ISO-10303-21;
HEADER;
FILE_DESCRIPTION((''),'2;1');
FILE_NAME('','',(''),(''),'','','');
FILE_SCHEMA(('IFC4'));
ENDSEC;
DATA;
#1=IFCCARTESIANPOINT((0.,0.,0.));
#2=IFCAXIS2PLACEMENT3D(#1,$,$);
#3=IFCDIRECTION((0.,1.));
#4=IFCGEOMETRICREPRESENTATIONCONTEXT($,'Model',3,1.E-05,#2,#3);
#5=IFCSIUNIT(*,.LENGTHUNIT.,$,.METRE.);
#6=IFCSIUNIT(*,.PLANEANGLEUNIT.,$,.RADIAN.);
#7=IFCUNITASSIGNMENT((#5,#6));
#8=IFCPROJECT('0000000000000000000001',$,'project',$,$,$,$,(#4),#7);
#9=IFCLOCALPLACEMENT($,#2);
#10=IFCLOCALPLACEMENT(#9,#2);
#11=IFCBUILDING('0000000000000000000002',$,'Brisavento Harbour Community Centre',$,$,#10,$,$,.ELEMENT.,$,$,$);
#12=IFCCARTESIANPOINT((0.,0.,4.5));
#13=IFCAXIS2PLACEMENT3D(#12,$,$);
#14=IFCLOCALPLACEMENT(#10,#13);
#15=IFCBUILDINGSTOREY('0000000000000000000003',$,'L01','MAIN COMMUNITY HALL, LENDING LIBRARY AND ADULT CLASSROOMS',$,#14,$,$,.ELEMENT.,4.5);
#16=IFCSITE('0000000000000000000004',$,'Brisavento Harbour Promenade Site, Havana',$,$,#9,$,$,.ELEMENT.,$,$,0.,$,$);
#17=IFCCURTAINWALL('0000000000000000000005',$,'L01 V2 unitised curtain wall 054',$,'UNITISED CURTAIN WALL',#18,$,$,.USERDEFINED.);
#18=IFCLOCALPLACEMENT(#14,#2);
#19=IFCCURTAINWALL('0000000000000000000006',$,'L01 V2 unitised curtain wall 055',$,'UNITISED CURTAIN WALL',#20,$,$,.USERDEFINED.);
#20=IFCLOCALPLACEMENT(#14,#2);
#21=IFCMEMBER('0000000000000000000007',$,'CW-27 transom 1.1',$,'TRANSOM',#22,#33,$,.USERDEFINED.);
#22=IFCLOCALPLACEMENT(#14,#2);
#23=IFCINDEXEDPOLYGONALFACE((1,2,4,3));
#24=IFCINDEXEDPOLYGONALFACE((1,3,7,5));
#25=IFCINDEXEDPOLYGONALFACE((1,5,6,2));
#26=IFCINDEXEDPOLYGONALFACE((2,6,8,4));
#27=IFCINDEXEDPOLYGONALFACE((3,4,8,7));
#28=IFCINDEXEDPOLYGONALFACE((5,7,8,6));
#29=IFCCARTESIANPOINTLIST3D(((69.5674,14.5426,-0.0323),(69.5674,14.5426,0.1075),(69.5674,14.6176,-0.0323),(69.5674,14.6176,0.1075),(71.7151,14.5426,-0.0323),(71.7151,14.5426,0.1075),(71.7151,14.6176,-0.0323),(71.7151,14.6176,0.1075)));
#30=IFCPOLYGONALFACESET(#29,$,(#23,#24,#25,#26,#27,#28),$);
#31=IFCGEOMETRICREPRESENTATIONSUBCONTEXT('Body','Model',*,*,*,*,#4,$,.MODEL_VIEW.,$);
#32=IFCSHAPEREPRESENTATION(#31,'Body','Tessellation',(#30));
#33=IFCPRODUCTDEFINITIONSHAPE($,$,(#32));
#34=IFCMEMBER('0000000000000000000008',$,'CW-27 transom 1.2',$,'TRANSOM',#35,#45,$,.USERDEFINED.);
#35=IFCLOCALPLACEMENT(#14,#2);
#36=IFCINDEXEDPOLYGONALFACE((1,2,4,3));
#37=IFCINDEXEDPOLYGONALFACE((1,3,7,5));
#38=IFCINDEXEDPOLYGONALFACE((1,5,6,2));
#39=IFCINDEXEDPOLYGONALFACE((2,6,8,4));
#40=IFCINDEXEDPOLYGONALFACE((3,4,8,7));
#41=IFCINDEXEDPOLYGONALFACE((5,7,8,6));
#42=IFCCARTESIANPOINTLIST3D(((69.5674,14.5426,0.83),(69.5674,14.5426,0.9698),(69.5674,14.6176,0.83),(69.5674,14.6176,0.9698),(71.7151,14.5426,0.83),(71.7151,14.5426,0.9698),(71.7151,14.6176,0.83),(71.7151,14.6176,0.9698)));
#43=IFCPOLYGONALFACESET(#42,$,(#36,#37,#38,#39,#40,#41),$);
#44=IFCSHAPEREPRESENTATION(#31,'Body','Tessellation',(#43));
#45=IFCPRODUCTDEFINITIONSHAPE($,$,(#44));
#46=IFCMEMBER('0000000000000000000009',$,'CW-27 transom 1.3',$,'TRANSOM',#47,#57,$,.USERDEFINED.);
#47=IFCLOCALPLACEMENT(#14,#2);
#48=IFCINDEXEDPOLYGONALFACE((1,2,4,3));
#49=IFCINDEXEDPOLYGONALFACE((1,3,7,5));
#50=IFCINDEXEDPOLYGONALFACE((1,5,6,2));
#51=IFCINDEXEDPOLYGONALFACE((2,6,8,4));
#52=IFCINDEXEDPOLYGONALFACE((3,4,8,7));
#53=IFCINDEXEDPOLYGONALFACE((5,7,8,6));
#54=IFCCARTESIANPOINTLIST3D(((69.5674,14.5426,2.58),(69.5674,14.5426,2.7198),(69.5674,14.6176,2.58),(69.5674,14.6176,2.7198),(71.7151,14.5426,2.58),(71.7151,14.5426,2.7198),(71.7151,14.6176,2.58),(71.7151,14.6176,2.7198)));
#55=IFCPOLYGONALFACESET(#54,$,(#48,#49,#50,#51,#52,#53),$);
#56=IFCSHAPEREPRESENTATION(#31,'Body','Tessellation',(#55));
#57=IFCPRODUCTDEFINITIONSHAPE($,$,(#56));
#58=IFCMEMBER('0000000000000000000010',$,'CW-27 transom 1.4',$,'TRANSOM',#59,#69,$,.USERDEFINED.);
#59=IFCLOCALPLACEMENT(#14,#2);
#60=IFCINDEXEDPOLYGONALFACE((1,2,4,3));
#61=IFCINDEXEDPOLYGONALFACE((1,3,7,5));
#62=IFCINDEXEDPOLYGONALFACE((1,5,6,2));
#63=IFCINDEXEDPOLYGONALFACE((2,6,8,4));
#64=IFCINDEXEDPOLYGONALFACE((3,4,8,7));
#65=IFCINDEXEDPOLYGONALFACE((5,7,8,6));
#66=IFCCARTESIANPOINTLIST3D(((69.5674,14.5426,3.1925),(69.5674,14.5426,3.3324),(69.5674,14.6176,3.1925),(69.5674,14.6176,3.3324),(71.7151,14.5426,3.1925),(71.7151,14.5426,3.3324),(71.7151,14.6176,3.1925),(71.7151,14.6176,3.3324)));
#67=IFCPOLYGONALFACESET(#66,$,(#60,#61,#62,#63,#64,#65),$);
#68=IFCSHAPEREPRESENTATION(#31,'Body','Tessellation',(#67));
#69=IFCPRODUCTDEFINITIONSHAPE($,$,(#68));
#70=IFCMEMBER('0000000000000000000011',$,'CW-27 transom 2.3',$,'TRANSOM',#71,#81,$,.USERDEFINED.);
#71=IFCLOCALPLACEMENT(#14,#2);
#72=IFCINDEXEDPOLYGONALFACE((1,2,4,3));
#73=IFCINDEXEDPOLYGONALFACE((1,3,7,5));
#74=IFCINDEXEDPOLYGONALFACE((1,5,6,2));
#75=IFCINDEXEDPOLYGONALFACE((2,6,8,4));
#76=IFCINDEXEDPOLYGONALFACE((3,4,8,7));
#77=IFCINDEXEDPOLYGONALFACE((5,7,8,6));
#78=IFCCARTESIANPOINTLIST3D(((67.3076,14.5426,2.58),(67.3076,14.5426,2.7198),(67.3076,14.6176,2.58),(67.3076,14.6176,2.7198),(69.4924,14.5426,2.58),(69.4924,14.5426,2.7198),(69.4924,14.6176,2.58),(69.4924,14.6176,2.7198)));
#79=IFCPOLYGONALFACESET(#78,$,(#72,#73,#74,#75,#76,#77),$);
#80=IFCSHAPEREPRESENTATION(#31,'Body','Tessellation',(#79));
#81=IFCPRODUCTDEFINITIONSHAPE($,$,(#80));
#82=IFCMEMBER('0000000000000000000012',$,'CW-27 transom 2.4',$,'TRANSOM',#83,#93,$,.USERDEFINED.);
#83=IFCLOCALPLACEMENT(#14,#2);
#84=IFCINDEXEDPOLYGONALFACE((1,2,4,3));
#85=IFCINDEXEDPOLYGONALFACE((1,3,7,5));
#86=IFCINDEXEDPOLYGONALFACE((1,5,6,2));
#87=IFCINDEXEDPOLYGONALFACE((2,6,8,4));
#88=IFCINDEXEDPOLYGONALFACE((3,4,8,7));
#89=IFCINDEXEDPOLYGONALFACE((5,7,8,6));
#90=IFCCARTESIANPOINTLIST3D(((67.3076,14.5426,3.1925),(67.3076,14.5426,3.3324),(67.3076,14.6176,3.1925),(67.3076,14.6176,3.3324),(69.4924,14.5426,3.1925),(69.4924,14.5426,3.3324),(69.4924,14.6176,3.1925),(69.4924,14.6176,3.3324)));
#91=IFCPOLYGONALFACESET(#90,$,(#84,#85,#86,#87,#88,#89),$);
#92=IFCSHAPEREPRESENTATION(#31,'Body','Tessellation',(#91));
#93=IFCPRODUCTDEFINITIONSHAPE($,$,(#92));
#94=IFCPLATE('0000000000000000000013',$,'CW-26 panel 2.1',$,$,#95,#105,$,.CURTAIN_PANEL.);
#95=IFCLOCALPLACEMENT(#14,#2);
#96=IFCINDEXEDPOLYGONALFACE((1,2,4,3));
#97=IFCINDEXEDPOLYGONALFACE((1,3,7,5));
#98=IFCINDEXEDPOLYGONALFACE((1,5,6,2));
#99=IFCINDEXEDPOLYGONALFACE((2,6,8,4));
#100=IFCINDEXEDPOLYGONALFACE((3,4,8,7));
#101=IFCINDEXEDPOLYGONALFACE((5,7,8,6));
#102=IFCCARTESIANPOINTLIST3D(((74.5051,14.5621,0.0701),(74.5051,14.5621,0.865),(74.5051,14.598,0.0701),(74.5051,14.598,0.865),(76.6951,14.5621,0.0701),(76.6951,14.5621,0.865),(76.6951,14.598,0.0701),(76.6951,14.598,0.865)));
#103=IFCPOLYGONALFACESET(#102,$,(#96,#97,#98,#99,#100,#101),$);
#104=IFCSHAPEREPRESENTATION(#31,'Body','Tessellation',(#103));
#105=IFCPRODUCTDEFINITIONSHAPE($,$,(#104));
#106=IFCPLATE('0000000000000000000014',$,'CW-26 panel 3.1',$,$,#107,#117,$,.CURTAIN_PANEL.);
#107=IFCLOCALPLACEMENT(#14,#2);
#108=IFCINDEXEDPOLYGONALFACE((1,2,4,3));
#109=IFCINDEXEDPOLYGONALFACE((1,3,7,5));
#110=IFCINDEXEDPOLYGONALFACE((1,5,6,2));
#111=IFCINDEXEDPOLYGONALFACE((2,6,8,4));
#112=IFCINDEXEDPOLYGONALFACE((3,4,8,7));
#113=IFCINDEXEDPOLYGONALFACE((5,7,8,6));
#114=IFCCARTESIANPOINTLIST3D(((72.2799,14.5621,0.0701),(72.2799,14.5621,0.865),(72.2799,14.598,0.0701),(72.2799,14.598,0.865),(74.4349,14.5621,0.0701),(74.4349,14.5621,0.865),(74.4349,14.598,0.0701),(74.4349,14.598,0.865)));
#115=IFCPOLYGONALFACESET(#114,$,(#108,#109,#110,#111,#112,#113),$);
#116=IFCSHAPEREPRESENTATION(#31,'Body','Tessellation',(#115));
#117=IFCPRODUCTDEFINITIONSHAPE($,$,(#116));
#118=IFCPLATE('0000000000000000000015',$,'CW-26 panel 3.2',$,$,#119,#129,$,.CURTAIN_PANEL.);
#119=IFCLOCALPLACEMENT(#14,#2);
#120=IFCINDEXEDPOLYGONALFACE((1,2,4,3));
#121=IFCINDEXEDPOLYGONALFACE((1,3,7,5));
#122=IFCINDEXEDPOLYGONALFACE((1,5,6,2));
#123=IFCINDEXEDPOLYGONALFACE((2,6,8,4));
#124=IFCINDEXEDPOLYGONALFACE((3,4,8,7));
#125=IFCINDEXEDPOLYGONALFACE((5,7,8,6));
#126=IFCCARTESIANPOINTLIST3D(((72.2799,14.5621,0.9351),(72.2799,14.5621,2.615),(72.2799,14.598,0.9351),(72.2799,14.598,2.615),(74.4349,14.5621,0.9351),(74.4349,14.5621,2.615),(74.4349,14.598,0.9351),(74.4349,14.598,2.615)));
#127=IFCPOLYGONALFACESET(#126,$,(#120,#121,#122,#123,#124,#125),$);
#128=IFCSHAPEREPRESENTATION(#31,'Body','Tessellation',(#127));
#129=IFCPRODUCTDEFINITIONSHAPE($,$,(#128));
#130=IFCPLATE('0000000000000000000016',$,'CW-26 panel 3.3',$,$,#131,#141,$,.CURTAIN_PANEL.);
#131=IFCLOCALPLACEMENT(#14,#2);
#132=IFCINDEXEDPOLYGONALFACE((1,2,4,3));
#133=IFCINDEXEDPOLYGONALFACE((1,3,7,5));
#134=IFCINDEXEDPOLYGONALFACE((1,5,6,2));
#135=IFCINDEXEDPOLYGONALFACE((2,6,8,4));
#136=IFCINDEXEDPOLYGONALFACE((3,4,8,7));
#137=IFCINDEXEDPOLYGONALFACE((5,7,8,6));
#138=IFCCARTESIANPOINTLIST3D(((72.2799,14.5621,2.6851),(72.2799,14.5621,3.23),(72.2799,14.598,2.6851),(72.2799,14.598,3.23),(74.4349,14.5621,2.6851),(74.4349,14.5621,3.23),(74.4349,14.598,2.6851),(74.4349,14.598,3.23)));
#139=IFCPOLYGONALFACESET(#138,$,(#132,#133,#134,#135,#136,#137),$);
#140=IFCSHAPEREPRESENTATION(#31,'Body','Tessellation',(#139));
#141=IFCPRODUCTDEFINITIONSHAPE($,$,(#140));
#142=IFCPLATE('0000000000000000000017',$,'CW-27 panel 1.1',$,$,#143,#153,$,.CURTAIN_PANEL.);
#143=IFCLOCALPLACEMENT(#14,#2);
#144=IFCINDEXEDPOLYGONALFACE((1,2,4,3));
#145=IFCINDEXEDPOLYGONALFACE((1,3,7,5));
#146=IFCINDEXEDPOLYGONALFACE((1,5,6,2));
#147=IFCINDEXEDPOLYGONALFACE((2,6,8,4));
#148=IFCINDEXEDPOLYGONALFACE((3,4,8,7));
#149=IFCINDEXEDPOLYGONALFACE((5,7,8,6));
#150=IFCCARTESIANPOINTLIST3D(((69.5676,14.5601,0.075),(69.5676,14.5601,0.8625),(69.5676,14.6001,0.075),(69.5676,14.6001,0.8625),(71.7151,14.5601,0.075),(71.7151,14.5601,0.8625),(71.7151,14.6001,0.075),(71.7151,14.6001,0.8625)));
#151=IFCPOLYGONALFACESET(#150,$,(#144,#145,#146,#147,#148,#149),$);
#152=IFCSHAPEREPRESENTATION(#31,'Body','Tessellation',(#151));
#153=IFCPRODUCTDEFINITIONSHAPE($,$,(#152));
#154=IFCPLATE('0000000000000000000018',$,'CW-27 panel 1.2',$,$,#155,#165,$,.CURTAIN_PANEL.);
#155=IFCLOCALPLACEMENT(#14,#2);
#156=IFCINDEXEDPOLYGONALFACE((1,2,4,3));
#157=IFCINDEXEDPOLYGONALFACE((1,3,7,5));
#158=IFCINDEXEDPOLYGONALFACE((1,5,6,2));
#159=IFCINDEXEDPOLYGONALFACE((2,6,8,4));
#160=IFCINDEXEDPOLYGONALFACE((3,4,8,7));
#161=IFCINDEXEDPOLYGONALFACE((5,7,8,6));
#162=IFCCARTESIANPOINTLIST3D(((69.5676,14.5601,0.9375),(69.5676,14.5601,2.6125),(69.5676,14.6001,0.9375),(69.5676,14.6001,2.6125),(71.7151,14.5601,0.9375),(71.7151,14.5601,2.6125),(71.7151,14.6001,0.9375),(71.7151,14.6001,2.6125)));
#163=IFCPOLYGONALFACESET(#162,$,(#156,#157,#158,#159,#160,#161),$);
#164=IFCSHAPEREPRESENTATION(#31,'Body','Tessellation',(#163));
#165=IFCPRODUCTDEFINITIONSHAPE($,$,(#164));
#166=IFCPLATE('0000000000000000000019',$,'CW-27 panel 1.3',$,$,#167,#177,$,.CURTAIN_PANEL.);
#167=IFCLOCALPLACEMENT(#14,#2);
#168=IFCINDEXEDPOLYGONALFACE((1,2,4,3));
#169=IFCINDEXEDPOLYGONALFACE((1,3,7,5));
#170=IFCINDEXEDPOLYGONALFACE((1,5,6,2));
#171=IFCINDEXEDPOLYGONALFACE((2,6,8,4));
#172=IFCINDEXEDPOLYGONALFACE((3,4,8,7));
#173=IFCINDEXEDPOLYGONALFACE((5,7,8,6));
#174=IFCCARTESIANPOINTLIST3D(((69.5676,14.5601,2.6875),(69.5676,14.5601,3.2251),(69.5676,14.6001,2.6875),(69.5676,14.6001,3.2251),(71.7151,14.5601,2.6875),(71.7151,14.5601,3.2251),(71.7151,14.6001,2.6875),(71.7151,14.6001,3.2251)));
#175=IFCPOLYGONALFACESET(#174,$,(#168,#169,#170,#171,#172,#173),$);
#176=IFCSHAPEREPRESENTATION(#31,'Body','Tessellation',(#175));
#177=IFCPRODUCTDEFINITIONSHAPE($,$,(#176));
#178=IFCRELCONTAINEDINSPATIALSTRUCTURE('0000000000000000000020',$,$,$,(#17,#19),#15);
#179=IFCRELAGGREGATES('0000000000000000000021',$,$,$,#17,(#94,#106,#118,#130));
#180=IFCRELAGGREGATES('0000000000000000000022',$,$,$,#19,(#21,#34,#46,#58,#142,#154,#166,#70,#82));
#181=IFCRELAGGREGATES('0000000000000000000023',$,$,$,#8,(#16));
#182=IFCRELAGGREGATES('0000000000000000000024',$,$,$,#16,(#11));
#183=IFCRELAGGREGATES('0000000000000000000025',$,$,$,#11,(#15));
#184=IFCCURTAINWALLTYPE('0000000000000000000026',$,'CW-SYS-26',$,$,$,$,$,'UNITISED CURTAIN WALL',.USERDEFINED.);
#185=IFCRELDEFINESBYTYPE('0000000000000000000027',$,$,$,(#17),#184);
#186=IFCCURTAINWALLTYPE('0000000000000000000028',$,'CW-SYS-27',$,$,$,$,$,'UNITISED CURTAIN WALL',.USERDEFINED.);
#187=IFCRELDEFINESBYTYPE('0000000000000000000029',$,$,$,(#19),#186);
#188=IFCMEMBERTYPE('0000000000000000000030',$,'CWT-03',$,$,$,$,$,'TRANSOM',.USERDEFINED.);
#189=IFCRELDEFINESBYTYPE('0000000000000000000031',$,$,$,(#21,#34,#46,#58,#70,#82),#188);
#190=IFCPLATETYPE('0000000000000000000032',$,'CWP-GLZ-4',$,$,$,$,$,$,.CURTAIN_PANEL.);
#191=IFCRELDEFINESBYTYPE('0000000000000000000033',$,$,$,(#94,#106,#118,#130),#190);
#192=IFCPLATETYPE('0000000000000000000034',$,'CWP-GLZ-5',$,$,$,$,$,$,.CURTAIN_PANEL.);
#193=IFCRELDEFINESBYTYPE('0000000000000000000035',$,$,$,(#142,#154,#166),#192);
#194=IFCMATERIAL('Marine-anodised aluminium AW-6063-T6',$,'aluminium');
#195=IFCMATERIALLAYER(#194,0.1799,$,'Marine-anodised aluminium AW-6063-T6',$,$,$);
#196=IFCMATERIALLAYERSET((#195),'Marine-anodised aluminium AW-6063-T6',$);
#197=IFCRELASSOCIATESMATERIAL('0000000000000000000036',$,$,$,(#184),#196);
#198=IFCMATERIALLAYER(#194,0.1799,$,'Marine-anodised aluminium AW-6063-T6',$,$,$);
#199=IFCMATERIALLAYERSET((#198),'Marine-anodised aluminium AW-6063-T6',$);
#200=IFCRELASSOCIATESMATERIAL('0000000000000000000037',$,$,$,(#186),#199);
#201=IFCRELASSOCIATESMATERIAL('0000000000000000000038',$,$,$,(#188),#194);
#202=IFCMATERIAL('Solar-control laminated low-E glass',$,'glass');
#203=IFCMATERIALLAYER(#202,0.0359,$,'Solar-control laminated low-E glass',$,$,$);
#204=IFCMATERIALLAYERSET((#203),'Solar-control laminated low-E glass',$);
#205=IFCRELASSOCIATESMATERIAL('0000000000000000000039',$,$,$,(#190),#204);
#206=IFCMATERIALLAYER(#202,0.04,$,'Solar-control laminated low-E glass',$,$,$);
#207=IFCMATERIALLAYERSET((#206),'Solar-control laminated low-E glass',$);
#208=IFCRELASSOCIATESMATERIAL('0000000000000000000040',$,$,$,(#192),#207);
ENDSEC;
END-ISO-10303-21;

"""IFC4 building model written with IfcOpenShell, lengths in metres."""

from ifc_helpers import new_model, si_unit, direction, frame, origin, origin_2d, place, context, subcontext, project, spatial, rectangle, extrude, material, layer, layer_set, material_profile, profile_set, type_object, element, aggregate, save


model = new_model("IFC4")

# Units and contexts
model_context = context("Model", 3, precision=1e-05, world=origin(), true_north=direction((0.0, 1.0)))
body_context = subcontext(model_context, "Body", "Model", "MODEL_VIEW")
ifc_project = project(units=[si_unit("LENGTHUNIT", "METRE"), si_unit("PLANEANGLEUNIT", "RADIAN")], contexts=[model_context])

# Site, building, storey
site_placement = place(None, origin())
site = spatial("IfcSite", under=ifc_project, at=site_placement, Name="Brisavento Harbour Promenade Site, Havana", CompositionType="ELEMENT", RefElevation=0.0)
building_placement = place(site_placement, origin())
building = spatial("IfcBuilding", under=site, at=building_placement, Name="Brisavento Harbour Community Centre", CompositionType="ELEMENT")
storey_placement = place(building_placement, frame((0.0, 0.0, 4.5)))
storey = spatial("IfcBuildingStorey", under=building, at=storey_placement, Name="L01", Description="MAIN COMMUNITY HALL, LENDING LIBRARY AND ADULT CLASSROOMS", CompositionType="ELEMENT", Elevation=4.5)

# Curtain walls
ifc_material_1 = material(Name="Marine-anodised aluminium AW-6063-T6", Category="aluminium")
ifc_layer_1 = layer(ifc_material_1, 0.1799, Name="Marine-anodised aluminium AW-6063-T6")
ifc_layer_set_1 = layer_set([ifc_layer_1], Name="Marine-anodised aluminium AW-6063-T6")
curtain_wall_type_1 = type_object("IfcCurtainWallType", Name="CW-SYS-26", ElementType="UNITISED CURTAIN WALL", PredefinedType="USERDEFINED", material=ifc_layer_set_1)
curtain_wall_1_placement = place(storey_placement, origin())
curtain_wall_1 = element("IfcCurtainWall", 1, at=curtain_wall_1_placement, inside=storey, type_object=curtain_wall_type_1, Name="L01 V2 unitised curtain wall 054", ObjectType="UNITISED CURTAIN WALL", PredefinedType="USERDEFINED")
ifc_layer_2 = layer(ifc_material_1, 0.1799, Name="Marine-anodised aluminium AW-6063-T6")
ifc_layer_set_2 = layer_set([ifc_layer_2], Name="Marine-anodised aluminium AW-6063-T6")
curtain_wall_type_2 = type_object("IfcCurtainWallType", Name="CW-SYS-27", ElementType="UNITISED CURTAIN WALL", PredefinedType="USERDEFINED", material=ifc_layer_set_2)
curtain_wall_2_placement = place(storey_placement, origin())
curtain_wall_2 = element("IfcCurtainWall", 2, at=curtain_wall_2_placement, inside=storey, type_object=curtain_wall_type_2, Name="L01 V2 unitised curtain wall 055", ObjectType="UNITISED CURTAIN WALL", PredefinedType="USERDEFINED")

# Members
ifc_material_profile_1 = material_profile(ifc_material_1, rectangle(XDim=0.075, YDim=0.1399, at=origin_2d()), Name="Marine-anodised aluminium AW-6063-T6")
ifc_profile_set_1 = profile_set([ifc_material_profile_1], Name="Marine-anodised aluminium AW-6063-T6")
member_type_1 = type_object("IfcMemberType", Name="CWT-03", ElementType="TRANSOM", PredefinedType="USERDEFINED", material=ifc_profile_set_1)
member_1_placement = place(storey_placement, frame((71.7151, 14.5801, 0.0376), z_axis=(-1.0, 0.0, 0.0), x_axis=(0.0, -1.0, 0.0)))
member_1 = element("IfcMember", 3, at=member_1_placement, type_object=member_type_1, Name="CW-27 transom 1.1", ObjectType="TRANSOM", PredefinedType="USERDEFINED", context=body_context, shape_type="SweptSolid", body=[
    extrude(rectangle(XDim=0.075, YDim=0.1399, at=origin_2d()), origin(), (0.0, 0.0, 1.0), 2.1477),
])
member_2_placement = place(storey_placement, frame((71.7151, 14.5801, 0.8999), z_axis=(-1.0, 0.0, 0.0), x_axis=(0.0, -1.0, 0.0)))
member_2 = element("IfcMember", 4, at=member_2_placement, type_object=member_type_1, Name="CW-27 transom 1.2", ObjectType="TRANSOM", PredefinedType="USERDEFINED", context=body_context, shape_type="SweptSolid", body=[
    extrude(rectangle(XDim=0.075, YDim=0.1399, at=origin_2d()), origin(), (0.0, 0.0, 1.0), 2.1477),
])
member_3_placement = place(storey_placement, frame((71.7151, 14.5801, 2.6499), z_axis=(-1.0, 0.0, 0.0), x_axis=(0.0, -1.0, 0.0)))
member_3 = element("IfcMember", 5, at=member_3_placement, type_object=member_type_1, Name="CW-27 transom 1.3", ObjectType="TRANSOM", PredefinedType="USERDEFINED", context=body_context, shape_type="SweptSolid", body=[
    extrude(rectangle(XDim=0.075, YDim=0.1399, at=origin_2d()), origin(), (0.0, 0.0, 1.0), 2.1477),
])
member_4_placement = place(storey_placement, frame((71.7151, 14.5801, 3.2625), z_axis=(-1.0, 0.0, 0.0), x_axis=(0.0, -1.0, 0.0)))
member_4 = element("IfcMember", 6, at=member_4_placement, type_object=member_type_1, Name="CW-27 transom 1.4", ObjectType="TRANSOM", PredefinedType="USERDEFINED", context=body_context, shape_type="SweptSolid", body=[
    extrude(rectangle(XDim=0.075, YDim=0.1399, at=origin_2d()), origin(), (0.0, 0.0, 1.0), 2.1477),
])
member_5_placement = place(storey_placement, frame((69.4924, 14.5801, 2.6499), z_axis=(-1.0, 0.0, 0.0), x_axis=(0.0, -1.0, 0.0)))
member_5 = element("IfcMember", 7, at=member_5_placement, type_object=member_type_1, Name="CW-27 transom 2.3", ObjectType="TRANSOM", PredefinedType="USERDEFINED", context=body_context, shape_type="SweptSolid", body=[
    extrude(rectangle(XDim=0.075, YDim=0.1399, at=origin_2d()), origin(), (0.0, 0.0, 1.0), 2.1848),
])
member_6_placement = place(storey_placement, frame((69.4924, 14.5801, 3.2625), z_axis=(-1.0, 0.0, 0.0), x_axis=(0.0, -1.0, 0.0)))
member_6 = element("IfcMember", 8, at=member_6_placement, type_object=member_type_1, Name="CW-27 transom 2.4", ObjectType="TRANSOM", PredefinedType="USERDEFINED", context=body_context, shape_type="SweptSolid", body=[
    extrude(rectangle(XDim=0.075, YDim=0.1399, at=origin_2d()), origin(), (0.0, 0.0, 1.0), 2.1848),
])

# Plates
ifc_material_2 = material(Name="Solar-control laminated low-E glass", Category="glass")
ifc_layer_3 = layer(ifc_material_2, 0.0359, Name="Solar-control laminated low-E glass")
ifc_layer_set_3 = layer_set([ifc_layer_3], Name="Solar-control laminated low-E glass")
plate_type_1 = type_object("IfcPlateType", Name="CWP-GLZ-4", PredefinedType="CURTAIN_PANEL", material=ifc_layer_set_3)
plate_1_placement = place(storey_placement, frame((75.6001, 14.5801, 0.0701), z_axis=(0.0, 0.0, 1.0), x_axis=(-1.0, 0.0, 0.0)))
plate_1 = element("IfcPlate", 9, at=plate_1_placement, type_object=plate_type_1, Name="CW-26 panel 2.1", PredefinedType="CURTAIN_PANEL", context=body_context, shape_type="SweptSolid", body=[
    extrude(rectangle(XDim=2.1899, YDim=0.0359, at=origin_2d()), origin(), (0.0, 0.0, 1.0), 0.7949),
])
plate_2_placement = place(storey_placement, frame((73.3574, 14.5801, 0.0701), z_axis=(0.0, 0.0, 1.0), x_axis=(-1.0, 0.0, 0.0)))
plate_2 = element("IfcPlate", 10, at=plate_2_placement, type_object=plate_type_1, Name="CW-26 panel 3.1", PredefinedType="CURTAIN_PANEL", context=body_context, shape_type="SweptSolid", body=[
    extrude(rectangle(XDim=2.155, YDim=0.0359, at=origin_2d()), origin(), (0.0, 0.0, 1.0), 0.7949),
])
plate_3_placement = place(storey_placement, frame((73.3574, 14.5801, 0.9351), z_axis=(0.0, 0.0, 1.0), x_axis=(-1.0, 0.0, 0.0)))
plate_3 = element("IfcPlate", 11, at=plate_3_placement, type_object=plate_type_1, Name="CW-26 panel 3.2", PredefinedType="CURTAIN_PANEL", context=body_context, shape_type="SweptSolid", body=[
    extrude(rectangle(XDim=2.155, YDim=0.0359, at=origin_2d()), origin(), (0.0, 0.0, 1.0), 1.6799),
])
plate_4_placement = place(storey_placement, frame((73.3574, 14.5801, 2.6851), z_axis=(0.0, 0.0, 1.0), x_axis=(-1.0, 0.0, 0.0)))
plate_4 = element("IfcPlate", 12, at=plate_4_placement, type_object=plate_type_1, Name="CW-26 panel 3.3", PredefinedType="CURTAIN_PANEL", context=body_context, shape_type="SweptSolid", body=[
    extrude(rectangle(XDim=2.155, YDim=0.0359, at=origin_2d()), origin(), (0.0, 0.0, 1.0), 0.5449),
])
aggregate(curtain_wall_1, [plate_1, plate_2, plate_3, plate_4])
ifc_layer_4 = layer(ifc_material_2, 0.04, Name="Solar-control laminated low-E glass")
ifc_layer_set_4 = layer_set([ifc_layer_4], Name="Solar-control laminated low-E glass")
plate_type_2 = type_object("IfcPlateType", Name="CWP-GLZ-5", PredefinedType="CURTAIN_PANEL", material=ifc_layer_set_4)
plate_5_placement = place(storey_placement, frame((70.6414, 14.5801, 0.075), z_axis=(0.0, 0.0, 1.0), x_axis=(-1.0, 0.0, 0.0)))
plate_5 = element("IfcPlate", 13, at=plate_5_placement, type_object=plate_type_2, Name="CW-27 panel 1.1", PredefinedType="CURTAIN_PANEL", context=body_context, shape_type="SweptSolid", body=[
    extrude(rectangle(XDim=2.1475, YDim=0.04, at=origin_2d()), origin(), (0.0, 0.0, 1.0), 0.7876),
])
plate_6_placement = place(storey_placement, frame((70.6414, 14.5801, 0.9375), z_axis=(0.0, 0.0, 1.0), x_axis=(-1.0, 0.0, 0.0)))
plate_6 = element("IfcPlate", 14, at=plate_6_placement, type_object=plate_type_2, Name="CW-27 panel 1.2", PredefinedType="CURTAIN_PANEL", context=body_context, shape_type="SweptSolid", body=[
    extrude(rectangle(XDim=2.1475, YDim=0.04, at=origin_2d()), origin(), (0.0, 0.0, 1.0), 1.675),
])
plate_7_placement = place(storey_placement, frame((70.6414, 14.5801, 2.6875), z_axis=(0.0, 0.0, 1.0), x_axis=(-1.0, 0.0, 0.0)))
plate_7 = element("IfcPlate", 15, at=plate_7_placement, type_object=plate_type_2, Name="CW-27 panel 1.3", PredefinedType="CURTAIN_PANEL", context=body_context, shape_type="SweptSolid", body=[
    extrude(rectangle(XDim=2.1475, YDim=0.04, at=origin_2d()), origin(), (0.0, 0.0, 1.0), 0.5376),
])
aggregate(curtain_wall_2, [member_1, member_2, member_3, member_4, plate_5, plate_6, plate_7, member_5, member_6])

save(model, "model.ifc")
